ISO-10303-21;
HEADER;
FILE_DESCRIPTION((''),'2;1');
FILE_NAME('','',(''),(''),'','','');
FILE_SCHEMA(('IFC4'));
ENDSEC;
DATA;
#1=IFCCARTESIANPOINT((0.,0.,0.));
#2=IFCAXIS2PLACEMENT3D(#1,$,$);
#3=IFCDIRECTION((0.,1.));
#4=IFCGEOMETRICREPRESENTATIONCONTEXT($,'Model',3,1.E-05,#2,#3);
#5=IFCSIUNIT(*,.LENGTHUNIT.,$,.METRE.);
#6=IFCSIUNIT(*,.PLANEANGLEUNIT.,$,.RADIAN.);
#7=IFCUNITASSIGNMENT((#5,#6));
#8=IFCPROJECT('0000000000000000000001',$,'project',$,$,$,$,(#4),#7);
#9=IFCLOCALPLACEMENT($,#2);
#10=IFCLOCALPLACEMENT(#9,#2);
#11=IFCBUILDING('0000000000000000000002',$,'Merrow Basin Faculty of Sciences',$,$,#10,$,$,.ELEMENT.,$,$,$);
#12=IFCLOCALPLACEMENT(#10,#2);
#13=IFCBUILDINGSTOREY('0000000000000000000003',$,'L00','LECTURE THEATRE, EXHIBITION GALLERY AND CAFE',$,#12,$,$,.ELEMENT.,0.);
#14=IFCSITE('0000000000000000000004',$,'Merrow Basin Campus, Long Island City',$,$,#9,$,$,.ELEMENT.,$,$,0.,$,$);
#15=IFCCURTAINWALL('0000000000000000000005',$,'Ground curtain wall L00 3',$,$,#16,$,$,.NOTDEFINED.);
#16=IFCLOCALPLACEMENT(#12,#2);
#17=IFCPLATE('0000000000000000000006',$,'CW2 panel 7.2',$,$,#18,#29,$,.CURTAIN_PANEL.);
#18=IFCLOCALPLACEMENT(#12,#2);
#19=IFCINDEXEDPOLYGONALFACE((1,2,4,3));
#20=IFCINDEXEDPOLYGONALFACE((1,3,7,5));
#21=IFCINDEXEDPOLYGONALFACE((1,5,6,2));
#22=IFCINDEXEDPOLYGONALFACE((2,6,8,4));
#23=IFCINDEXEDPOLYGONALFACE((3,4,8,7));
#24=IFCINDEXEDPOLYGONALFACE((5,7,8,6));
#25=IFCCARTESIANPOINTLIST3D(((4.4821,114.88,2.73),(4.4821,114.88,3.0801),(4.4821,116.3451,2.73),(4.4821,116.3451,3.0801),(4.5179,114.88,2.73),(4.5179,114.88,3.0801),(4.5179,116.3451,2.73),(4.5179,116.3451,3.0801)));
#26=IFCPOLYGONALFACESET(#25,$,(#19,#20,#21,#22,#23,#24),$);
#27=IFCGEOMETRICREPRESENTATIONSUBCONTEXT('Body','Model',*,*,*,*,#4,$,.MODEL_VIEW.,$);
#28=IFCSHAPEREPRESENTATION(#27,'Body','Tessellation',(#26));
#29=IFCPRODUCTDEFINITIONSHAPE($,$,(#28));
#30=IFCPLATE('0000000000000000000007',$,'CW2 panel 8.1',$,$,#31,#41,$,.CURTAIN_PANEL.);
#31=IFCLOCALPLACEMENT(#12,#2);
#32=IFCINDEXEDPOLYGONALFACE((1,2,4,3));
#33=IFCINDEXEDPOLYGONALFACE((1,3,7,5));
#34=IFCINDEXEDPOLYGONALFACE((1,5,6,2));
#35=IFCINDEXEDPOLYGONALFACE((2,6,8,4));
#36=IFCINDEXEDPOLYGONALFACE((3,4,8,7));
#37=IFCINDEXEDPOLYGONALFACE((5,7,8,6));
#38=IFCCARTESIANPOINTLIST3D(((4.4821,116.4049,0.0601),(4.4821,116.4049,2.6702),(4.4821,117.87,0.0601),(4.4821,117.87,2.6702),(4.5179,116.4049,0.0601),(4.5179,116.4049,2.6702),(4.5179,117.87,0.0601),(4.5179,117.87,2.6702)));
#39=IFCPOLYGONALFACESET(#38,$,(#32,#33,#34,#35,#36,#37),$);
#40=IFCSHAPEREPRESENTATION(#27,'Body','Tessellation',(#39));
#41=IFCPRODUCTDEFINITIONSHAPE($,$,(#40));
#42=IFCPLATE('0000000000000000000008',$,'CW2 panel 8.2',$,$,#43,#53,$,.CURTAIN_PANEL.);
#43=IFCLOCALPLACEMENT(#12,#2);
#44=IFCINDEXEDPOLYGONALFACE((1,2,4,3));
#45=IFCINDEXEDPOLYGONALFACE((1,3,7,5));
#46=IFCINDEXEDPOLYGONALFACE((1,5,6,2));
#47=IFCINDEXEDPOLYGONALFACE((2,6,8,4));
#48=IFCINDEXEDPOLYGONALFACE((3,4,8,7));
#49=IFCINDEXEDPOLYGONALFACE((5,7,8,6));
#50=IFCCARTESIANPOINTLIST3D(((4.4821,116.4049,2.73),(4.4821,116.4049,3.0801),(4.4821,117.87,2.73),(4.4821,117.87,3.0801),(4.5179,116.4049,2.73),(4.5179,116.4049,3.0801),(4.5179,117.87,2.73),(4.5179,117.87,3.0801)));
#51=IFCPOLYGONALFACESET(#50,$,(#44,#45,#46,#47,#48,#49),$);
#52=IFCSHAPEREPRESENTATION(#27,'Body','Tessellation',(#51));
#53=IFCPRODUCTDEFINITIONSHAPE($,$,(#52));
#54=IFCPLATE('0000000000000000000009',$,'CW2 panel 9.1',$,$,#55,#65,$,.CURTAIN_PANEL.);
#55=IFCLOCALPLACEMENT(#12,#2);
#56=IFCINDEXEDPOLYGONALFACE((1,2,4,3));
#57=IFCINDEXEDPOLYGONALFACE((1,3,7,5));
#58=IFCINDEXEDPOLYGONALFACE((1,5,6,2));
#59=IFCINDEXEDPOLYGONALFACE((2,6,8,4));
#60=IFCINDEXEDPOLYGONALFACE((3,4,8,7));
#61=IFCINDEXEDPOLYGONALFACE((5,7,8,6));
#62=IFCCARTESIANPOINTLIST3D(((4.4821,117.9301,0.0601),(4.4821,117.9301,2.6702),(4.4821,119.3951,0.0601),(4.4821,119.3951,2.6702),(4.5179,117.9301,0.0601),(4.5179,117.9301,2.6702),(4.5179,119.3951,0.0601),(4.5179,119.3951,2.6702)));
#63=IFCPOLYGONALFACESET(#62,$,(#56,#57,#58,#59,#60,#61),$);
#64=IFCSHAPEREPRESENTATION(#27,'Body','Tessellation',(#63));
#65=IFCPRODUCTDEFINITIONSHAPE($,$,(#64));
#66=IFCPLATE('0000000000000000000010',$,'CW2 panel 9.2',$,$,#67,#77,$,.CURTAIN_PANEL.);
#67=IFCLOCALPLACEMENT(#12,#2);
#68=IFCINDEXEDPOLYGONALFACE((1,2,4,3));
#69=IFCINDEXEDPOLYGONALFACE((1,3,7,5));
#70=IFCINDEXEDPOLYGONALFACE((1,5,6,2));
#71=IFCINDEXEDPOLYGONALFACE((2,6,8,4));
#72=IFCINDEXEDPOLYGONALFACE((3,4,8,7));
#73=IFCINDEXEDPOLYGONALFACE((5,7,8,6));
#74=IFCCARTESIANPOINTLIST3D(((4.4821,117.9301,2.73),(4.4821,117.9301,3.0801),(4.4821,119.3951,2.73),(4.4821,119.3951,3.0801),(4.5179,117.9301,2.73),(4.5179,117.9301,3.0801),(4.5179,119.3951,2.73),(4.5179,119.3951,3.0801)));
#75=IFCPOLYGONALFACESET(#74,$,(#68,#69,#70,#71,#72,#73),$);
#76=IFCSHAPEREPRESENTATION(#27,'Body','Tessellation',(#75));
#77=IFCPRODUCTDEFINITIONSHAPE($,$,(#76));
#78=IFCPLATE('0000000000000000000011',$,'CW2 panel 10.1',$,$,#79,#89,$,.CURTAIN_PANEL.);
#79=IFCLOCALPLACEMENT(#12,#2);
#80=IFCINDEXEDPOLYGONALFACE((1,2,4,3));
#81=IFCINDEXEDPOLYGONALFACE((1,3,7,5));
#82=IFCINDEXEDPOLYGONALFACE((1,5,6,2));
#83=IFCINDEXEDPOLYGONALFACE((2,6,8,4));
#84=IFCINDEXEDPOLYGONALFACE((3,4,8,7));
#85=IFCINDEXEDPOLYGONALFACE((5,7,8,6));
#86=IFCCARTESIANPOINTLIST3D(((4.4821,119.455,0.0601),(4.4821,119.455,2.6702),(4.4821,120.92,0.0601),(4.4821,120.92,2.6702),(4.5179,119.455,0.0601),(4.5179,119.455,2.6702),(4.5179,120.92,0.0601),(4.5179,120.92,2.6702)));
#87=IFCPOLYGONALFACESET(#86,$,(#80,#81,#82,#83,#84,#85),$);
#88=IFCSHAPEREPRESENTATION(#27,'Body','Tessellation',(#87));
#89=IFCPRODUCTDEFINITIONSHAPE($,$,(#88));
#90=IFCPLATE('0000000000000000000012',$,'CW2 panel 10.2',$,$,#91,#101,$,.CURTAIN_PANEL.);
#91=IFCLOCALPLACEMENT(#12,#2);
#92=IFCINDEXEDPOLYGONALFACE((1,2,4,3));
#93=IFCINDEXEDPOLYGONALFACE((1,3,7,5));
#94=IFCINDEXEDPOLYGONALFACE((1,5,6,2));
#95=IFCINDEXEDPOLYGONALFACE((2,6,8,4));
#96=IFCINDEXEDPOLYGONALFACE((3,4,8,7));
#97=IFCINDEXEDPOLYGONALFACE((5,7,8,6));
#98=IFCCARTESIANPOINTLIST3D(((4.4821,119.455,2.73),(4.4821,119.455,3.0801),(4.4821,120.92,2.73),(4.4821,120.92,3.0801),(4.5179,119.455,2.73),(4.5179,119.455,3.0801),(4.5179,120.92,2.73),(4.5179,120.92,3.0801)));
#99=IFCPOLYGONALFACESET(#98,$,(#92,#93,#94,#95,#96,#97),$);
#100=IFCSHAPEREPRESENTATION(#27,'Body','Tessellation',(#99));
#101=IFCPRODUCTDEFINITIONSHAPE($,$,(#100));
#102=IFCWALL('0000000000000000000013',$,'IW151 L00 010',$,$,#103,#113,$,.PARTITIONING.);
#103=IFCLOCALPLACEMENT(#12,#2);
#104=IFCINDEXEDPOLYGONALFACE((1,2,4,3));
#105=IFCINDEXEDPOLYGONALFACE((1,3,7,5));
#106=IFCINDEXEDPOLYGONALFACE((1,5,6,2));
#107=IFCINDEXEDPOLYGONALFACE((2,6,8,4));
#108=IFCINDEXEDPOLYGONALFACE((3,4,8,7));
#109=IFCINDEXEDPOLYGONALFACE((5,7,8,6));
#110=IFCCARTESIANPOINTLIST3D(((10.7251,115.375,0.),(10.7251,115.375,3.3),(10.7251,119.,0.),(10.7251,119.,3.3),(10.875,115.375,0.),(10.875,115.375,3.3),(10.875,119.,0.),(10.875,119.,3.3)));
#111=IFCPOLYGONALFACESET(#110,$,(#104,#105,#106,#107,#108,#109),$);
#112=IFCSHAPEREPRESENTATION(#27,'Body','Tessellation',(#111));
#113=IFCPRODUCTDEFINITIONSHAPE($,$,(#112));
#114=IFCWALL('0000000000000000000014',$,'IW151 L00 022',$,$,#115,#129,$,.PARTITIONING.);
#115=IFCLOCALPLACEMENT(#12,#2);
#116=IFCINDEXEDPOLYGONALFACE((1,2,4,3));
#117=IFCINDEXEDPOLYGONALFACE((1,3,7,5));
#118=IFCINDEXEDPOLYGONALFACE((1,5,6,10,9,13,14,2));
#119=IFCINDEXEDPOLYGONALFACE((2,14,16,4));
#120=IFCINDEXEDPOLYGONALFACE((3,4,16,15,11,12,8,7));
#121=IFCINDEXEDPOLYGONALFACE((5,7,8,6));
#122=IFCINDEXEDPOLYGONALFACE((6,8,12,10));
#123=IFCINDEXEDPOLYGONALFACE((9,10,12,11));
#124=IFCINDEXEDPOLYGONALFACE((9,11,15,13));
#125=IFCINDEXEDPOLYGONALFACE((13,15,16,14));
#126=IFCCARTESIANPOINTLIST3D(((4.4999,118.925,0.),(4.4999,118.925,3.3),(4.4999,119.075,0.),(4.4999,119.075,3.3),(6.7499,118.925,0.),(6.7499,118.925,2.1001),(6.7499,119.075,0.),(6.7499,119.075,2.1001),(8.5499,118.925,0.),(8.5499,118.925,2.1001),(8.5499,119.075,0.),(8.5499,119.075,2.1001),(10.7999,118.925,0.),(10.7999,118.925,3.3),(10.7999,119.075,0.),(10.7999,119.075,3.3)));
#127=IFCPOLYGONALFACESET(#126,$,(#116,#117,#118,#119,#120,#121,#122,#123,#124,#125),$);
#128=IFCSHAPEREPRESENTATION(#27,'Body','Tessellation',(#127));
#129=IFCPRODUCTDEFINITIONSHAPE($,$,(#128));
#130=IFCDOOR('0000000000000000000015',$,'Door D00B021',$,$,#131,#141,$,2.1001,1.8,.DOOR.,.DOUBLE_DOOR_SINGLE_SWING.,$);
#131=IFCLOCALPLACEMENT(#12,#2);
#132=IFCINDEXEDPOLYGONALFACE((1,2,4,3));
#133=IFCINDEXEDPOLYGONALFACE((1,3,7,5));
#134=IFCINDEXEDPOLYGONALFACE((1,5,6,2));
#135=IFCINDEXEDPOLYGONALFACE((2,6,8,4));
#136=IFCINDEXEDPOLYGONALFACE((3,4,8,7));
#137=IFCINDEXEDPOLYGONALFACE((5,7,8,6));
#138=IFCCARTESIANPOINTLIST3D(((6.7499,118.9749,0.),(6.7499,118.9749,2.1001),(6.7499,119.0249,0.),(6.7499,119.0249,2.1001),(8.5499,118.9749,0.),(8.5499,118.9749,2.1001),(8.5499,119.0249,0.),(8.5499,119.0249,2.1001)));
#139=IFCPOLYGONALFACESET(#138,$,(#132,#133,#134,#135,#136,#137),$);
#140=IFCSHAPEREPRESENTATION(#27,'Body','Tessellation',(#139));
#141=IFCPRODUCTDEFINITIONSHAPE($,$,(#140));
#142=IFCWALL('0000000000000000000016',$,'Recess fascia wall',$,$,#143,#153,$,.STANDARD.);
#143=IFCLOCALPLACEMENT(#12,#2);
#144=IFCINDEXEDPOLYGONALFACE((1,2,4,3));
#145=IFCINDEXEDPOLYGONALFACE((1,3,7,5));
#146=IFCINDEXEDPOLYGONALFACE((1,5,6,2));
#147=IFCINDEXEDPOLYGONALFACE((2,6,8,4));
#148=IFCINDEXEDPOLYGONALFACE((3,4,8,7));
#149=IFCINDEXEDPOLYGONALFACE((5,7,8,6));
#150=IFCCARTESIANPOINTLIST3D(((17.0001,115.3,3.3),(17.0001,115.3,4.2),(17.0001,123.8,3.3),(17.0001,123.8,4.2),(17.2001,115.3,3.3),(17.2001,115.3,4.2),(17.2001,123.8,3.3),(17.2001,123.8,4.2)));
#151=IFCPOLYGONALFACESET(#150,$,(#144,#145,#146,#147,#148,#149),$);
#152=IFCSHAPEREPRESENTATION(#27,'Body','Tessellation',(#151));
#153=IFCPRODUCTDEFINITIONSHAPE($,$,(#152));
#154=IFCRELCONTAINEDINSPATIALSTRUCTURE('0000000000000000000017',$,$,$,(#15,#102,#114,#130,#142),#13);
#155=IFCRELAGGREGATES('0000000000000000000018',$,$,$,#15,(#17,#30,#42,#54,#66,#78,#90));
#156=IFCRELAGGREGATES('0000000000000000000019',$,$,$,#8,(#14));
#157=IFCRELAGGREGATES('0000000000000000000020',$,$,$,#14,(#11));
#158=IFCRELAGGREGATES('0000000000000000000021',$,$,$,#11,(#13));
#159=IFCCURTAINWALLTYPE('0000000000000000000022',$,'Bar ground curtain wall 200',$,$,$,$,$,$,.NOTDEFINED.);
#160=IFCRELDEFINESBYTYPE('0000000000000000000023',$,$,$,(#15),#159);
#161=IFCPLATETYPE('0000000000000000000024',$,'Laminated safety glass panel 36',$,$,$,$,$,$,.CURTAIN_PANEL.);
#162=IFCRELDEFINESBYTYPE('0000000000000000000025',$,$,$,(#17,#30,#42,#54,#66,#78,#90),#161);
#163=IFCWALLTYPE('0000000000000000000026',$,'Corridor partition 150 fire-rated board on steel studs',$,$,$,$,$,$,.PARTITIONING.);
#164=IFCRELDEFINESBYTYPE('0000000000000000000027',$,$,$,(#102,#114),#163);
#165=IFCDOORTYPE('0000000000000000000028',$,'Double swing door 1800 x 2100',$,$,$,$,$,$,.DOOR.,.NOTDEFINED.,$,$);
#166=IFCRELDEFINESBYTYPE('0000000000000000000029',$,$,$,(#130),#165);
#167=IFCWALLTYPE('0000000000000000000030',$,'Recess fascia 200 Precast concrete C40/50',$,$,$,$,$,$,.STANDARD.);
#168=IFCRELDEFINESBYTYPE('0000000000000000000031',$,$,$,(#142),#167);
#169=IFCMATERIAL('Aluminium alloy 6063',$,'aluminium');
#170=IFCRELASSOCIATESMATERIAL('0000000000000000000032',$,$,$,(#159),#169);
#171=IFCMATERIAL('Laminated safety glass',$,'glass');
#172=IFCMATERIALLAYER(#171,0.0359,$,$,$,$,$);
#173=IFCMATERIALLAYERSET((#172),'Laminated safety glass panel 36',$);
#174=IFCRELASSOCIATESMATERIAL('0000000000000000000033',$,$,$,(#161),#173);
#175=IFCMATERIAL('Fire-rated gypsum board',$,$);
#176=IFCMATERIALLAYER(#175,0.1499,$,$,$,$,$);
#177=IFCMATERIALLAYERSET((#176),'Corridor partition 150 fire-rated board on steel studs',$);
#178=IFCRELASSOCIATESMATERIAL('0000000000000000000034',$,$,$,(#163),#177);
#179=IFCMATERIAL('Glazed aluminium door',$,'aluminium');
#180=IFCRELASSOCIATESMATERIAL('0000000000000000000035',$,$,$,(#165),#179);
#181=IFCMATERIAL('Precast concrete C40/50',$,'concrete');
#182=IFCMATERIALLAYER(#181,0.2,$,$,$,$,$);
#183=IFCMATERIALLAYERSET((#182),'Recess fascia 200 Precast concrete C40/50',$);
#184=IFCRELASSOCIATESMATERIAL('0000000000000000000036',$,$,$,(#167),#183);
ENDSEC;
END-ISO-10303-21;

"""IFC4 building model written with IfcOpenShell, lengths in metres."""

from ifc_helpers import new_model, si_unit, direction, frame, frame_2d, origin, origin_2d, place, context, subcontext, project, spatial, rectangle, extrude, material, layer, layer_set, type_object, element, fill, aggregate, save


model = new_model("IFC4")

# Units and contexts
model_context = context("Model", 3, precision=1e-05, world=origin(), true_north=direction((0.0, 1.0)))
body_context = subcontext(model_context, "Body", "Model", "MODEL_VIEW")
ifc_project = project(units=[si_unit("LENGTHUNIT", "METRE"), si_unit("PLANEANGLEUNIT", "RADIAN")], contexts=[model_context])

# Site, building, storey
site_placement = place(None, origin())
site = spatial("IfcSite", under=ifc_project, at=site_placement, Name="Merrow Basin Campus, Long Island City", CompositionType="ELEMENT", RefElevation=0.0)
building_placement = place(site_placement, origin())
building = spatial("IfcBuilding", under=site, at=building_placement, Name="Merrow Basin Faculty of Sciences", CompositionType="ELEMENT")
storey_placement = place(building_placement, origin())
storey = spatial("IfcBuildingStorey", under=building, at=storey_placement, Name="L00", Description="LECTURE THEATRE, EXHIBITION GALLERY AND CAFE", CompositionType="ELEMENT", Elevation=0.0)

# Curtain wall, plates
ifc_material_1 = material(Name="Aluminium alloy 6063", Category="aluminium")
curtain_wall_type = type_object("IfcCurtainWallType", Name="Bar ground curtain wall 200", PredefinedType="NOTDEFINED", material=ifc_material_1)
curtain_wall_placement = place(storey_placement, origin())
curtain_wall = element("IfcCurtainWall", 1, at=curtain_wall_placement, inside=storey, type_object=curtain_wall_type, Name="Ground curtain wall L00 3", PredefinedType="NOTDEFINED")
ifc_material_2 = material(Name="Laminated safety glass", Category="glass")
ifc_layer_1 = layer(ifc_material_2, 0.0359)
ifc_layer_set_1 = layer_set([ifc_layer_1], Name="Laminated safety glass panel 36")
plate_type = type_object("IfcPlateType", Name="Laminated safety glass panel 36", PredefinedType="CURTAIN_PANEL", material=ifc_layer_set_1)
plate_1_placement = place(storey_placement, frame((4.5, 115.6125, 2.73), z_axis=(0.0, 0.0, 1.0), x_axis=(0.0, 1.0, 0.0)))
plate_1 = element("IfcPlate", 2, at=plate_1_placement, type_object=plate_type, Name="CW2 panel 7.2", PredefinedType="CURTAIN_PANEL", context=body_context, shape_type="SweptSolid", body=[
    extrude(rectangle(XDim=1.4651, YDim=0.0359, at=origin_2d()), origin(), (0.0, 0.0, 1.0), 0.3501),
])
plate_2_placement = place(storey_placement, frame((4.5, 117.1375, 0.0601), z_axis=(0.0, 0.0, 1.0), x_axis=(0.0, 1.0, 0.0)))
plate_2 = element("IfcPlate", 3, at=plate_2_placement, type_object=plate_type, Name="CW2 panel 8.1", PredefinedType="CURTAIN_PANEL", context=body_context, shape_type="SweptSolid", body=[
    extrude(rectangle(XDim=1.4651, YDim=0.0359, at=origin_2d()), origin(), (0.0, 0.0, 1.0), 2.6101),
])
plate_3_placement = place(storey_placement, frame((4.5, 117.1375, 2.73), z_axis=(0.0, 0.0, 1.0), x_axis=(0.0, 1.0, 0.0)))
plate_3 = element("IfcPlate", 4, at=plate_3_placement, type_object=plate_type, Name="CW2 panel 8.2", PredefinedType="CURTAIN_PANEL", context=body_context, shape_type="SweptSolid", body=[
    extrude(rectangle(XDim=1.4651, YDim=0.0359, at=origin_2d()), origin(), (0.0, 0.0, 1.0), 0.3501),
])
plate_4_placement = place(storey_placement, frame((4.5, 118.6626, 0.0601), z_axis=(0.0, 0.0, 1.0), x_axis=(0.0, 1.0, 0.0)))
plate_4 = element("IfcPlate", 5, at=plate_4_placement, type_object=plate_type, Name="CW2 panel 9.1", PredefinedType="CURTAIN_PANEL", context=body_context, shape_type="SweptSolid", body=[
    extrude(rectangle(XDim=1.4651, YDim=0.0359, at=origin_2d()), origin(), (0.0, 0.0, 1.0), 2.6101),
])
plate_5_placement = place(storey_placement, frame((4.5, 118.6626, 2.73), z_axis=(0.0, 0.0, 1.0), x_axis=(0.0, 1.0, 0.0)))
plate_5 = element("IfcPlate", 6, at=plate_5_placement, type_object=plate_type, Name="CW2 panel 9.2", PredefinedType="CURTAIN_PANEL", context=body_context, shape_type="SweptSolid", body=[
    extrude(rectangle(XDim=1.4651, YDim=0.0359, at=origin_2d()), origin(), (0.0, 0.0, 1.0), 0.3501),
])
plate_6_placement = place(storey_placement, frame((4.5, 120.1875, 0.0601), z_axis=(0.0, 0.0, 1.0), x_axis=(0.0, 1.0, 0.0)))
plate_6 = element("IfcPlate", 7, at=plate_6_placement, type_object=plate_type, Name="CW2 panel 10.1", PredefinedType="CURTAIN_PANEL", context=body_context, shape_type="SweptSolid", body=[
    extrude(rectangle(XDim=1.4651, YDim=0.0359, at=origin_2d()), origin(), (0.0, 0.0, 1.0), 2.6101),
])
plate_7_placement = place(storey_placement, frame((4.5, 120.1875, 2.73), z_axis=(0.0, 0.0, 1.0), x_axis=(0.0, 1.0, 0.0)))
plate_7 = element("IfcPlate", 8, at=plate_7_placement, type_object=plate_type, Name="CW2 panel 10.2", PredefinedType="CURTAIN_PANEL", context=body_context, shape_type="SweptSolid", body=[
    extrude(rectangle(XDim=1.4651, YDim=0.0359, at=origin_2d()), origin(), (0.0, 0.0, 1.0), 0.3501),
])
aggregate(curtain_wall, [plate_1, plate_2, plate_3, plate_4, plate_5, plate_6, plate_7])

# Wall
ifc_material_3 = material(Name="Fire-rated gypsum board")
ifc_layer_2 = layer(ifc_material_3, 0.1499)
ifc_layer_set_2 = layer_set([ifc_layer_2], Name="Corridor partition 150 fire-rated board on steel studs")
wall_type_1 = type_object("IfcWallType", Name="Corridor partition 150 fire-rated board on steel studs", PredefinedType="PARTITIONING", material=ifc_layer_set_2)
wall_1_placement = place(storey_placement, frame((10.8, 115.375, 0.0), z_axis=(0.0, 0.0, 1.0), x_axis=(0.0, 1.0, 0.0)))
element("IfcWall", 9, at=wall_1_placement, inside=storey, type_object=wall_type_1, Name="IW151 L00 010", PredefinedType="PARTITIONING", context=body_context, shape_type="SweptSolid", body=[
    extrude(rectangle(XDim=3.625, YDim=0.1499, at=frame_2d((1.8125, 0.0))), origin(), (0.0, 0.0, 1.0), 3.3),
])

# Wall, opening, door
wall_2_placement = place(storey_placement, frame((4.5, 119.0, 0.0), z_axis=(0.0, 0.0, 1.0), x_axis=(1.0, 0.0, 0.0)))
wall_2 = element("IfcWall", 10, at=wall_2_placement, inside=storey, type_object=wall_type_1, Name="IW151 L00 022", PredefinedType="PARTITIONING", context=body_context, shape_type="SweptSolid", body=[
    extrude(rectangle(XDim=6.3, YDim=0.1499, at=frame_2d((3.1499, 0.0))), origin(), (0.0, 0.0, 1.0), 3.3),
])
opening_placement = place(wall_2_placement, frame((2.25, 0.0, 0.0)))
opening = element("IfcOpeningElement", 11, at=opening_placement, cuts=wall_2, PredefinedType="OPENING", context=body_context, shape_type="SweptSolid", body=[
    extrude(rectangle(XDim=1.8, YDim=2.1001, at=frame_2d((0.8999, 1.05))), frame((0.0, 0.085, 0.0), z_axis=(0.0, -1.0, 0.0), x_axis=(1.0, 0.0, 0.0)), (0.0, 0.0, 1.0), 0.1699),
])
ifc_material_4 = material(Name="Glazed aluminium door", Category="aluminium")
door_type = type_object("IfcDoorType", Name="Double swing door 1800 x 2100", OperationType="NOTDEFINED", PredefinedType="DOOR", material=ifc_material_4)
door_placement = place(opening_placement, origin())
door = element("IfcDoor", 12, at=door_placement, inside=storey, type_object=door_type, Name="Door D00B021", OperationType="DOUBLE_DOOR_SINGLE_SWING", OverallHeight=2.1001, OverallWidth=1.8, PredefinedType="DOOR", context=body_context, shape_type="SweptSolid", body=[
    extrude(rectangle(XDim=1.8, YDim=2.1001, at=frame_2d((0.8999, 1.05))), frame((0.0, 0.0249, 0.0), z_axis=(0.0, -1.0, 0.0), x_axis=(1.0, 0.0, 0.0)), (0.0, 0.0, 1.0), 0.05),
])
fill(opening, door)

# Wall
ifc_material_5 = material(Name="Precast concrete C40/50", Category="concrete")
ifc_layer_3 = layer(ifc_material_5, 0.2)
ifc_layer_set_3 = layer_set([ifc_layer_3], Name="Recess fascia 200 Precast concrete C40/50")
wall_type_2 = type_object("IfcWallType", Name="Recess fascia 200 Precast concrete C40/50", PredefinedType="STANDARD", material=ifc_layer_set_3)
wall_3_placement = place(storey_placement, frame((17.1001, 115.3, 3.3), z_axis=(0.0, 0.0, 1.0), x_axis=(0.0, 1.0, 0.0)))
element("IfcWall", 13, at=wall_3_placement, inside=storey, type_object=wall_type_2, Name="Recess fascia wall", PredefinedType="STANDARD", context=body_context, shape_type="SweptSolid", body=[
    extrude(rectangle(XDim=8.5, YDim=0.2, at=frame_2d((4.25, 0.0))), origin(), (0.0, 0.0, 1.0), 0.8999),
])

save(model, "model.ifc")
